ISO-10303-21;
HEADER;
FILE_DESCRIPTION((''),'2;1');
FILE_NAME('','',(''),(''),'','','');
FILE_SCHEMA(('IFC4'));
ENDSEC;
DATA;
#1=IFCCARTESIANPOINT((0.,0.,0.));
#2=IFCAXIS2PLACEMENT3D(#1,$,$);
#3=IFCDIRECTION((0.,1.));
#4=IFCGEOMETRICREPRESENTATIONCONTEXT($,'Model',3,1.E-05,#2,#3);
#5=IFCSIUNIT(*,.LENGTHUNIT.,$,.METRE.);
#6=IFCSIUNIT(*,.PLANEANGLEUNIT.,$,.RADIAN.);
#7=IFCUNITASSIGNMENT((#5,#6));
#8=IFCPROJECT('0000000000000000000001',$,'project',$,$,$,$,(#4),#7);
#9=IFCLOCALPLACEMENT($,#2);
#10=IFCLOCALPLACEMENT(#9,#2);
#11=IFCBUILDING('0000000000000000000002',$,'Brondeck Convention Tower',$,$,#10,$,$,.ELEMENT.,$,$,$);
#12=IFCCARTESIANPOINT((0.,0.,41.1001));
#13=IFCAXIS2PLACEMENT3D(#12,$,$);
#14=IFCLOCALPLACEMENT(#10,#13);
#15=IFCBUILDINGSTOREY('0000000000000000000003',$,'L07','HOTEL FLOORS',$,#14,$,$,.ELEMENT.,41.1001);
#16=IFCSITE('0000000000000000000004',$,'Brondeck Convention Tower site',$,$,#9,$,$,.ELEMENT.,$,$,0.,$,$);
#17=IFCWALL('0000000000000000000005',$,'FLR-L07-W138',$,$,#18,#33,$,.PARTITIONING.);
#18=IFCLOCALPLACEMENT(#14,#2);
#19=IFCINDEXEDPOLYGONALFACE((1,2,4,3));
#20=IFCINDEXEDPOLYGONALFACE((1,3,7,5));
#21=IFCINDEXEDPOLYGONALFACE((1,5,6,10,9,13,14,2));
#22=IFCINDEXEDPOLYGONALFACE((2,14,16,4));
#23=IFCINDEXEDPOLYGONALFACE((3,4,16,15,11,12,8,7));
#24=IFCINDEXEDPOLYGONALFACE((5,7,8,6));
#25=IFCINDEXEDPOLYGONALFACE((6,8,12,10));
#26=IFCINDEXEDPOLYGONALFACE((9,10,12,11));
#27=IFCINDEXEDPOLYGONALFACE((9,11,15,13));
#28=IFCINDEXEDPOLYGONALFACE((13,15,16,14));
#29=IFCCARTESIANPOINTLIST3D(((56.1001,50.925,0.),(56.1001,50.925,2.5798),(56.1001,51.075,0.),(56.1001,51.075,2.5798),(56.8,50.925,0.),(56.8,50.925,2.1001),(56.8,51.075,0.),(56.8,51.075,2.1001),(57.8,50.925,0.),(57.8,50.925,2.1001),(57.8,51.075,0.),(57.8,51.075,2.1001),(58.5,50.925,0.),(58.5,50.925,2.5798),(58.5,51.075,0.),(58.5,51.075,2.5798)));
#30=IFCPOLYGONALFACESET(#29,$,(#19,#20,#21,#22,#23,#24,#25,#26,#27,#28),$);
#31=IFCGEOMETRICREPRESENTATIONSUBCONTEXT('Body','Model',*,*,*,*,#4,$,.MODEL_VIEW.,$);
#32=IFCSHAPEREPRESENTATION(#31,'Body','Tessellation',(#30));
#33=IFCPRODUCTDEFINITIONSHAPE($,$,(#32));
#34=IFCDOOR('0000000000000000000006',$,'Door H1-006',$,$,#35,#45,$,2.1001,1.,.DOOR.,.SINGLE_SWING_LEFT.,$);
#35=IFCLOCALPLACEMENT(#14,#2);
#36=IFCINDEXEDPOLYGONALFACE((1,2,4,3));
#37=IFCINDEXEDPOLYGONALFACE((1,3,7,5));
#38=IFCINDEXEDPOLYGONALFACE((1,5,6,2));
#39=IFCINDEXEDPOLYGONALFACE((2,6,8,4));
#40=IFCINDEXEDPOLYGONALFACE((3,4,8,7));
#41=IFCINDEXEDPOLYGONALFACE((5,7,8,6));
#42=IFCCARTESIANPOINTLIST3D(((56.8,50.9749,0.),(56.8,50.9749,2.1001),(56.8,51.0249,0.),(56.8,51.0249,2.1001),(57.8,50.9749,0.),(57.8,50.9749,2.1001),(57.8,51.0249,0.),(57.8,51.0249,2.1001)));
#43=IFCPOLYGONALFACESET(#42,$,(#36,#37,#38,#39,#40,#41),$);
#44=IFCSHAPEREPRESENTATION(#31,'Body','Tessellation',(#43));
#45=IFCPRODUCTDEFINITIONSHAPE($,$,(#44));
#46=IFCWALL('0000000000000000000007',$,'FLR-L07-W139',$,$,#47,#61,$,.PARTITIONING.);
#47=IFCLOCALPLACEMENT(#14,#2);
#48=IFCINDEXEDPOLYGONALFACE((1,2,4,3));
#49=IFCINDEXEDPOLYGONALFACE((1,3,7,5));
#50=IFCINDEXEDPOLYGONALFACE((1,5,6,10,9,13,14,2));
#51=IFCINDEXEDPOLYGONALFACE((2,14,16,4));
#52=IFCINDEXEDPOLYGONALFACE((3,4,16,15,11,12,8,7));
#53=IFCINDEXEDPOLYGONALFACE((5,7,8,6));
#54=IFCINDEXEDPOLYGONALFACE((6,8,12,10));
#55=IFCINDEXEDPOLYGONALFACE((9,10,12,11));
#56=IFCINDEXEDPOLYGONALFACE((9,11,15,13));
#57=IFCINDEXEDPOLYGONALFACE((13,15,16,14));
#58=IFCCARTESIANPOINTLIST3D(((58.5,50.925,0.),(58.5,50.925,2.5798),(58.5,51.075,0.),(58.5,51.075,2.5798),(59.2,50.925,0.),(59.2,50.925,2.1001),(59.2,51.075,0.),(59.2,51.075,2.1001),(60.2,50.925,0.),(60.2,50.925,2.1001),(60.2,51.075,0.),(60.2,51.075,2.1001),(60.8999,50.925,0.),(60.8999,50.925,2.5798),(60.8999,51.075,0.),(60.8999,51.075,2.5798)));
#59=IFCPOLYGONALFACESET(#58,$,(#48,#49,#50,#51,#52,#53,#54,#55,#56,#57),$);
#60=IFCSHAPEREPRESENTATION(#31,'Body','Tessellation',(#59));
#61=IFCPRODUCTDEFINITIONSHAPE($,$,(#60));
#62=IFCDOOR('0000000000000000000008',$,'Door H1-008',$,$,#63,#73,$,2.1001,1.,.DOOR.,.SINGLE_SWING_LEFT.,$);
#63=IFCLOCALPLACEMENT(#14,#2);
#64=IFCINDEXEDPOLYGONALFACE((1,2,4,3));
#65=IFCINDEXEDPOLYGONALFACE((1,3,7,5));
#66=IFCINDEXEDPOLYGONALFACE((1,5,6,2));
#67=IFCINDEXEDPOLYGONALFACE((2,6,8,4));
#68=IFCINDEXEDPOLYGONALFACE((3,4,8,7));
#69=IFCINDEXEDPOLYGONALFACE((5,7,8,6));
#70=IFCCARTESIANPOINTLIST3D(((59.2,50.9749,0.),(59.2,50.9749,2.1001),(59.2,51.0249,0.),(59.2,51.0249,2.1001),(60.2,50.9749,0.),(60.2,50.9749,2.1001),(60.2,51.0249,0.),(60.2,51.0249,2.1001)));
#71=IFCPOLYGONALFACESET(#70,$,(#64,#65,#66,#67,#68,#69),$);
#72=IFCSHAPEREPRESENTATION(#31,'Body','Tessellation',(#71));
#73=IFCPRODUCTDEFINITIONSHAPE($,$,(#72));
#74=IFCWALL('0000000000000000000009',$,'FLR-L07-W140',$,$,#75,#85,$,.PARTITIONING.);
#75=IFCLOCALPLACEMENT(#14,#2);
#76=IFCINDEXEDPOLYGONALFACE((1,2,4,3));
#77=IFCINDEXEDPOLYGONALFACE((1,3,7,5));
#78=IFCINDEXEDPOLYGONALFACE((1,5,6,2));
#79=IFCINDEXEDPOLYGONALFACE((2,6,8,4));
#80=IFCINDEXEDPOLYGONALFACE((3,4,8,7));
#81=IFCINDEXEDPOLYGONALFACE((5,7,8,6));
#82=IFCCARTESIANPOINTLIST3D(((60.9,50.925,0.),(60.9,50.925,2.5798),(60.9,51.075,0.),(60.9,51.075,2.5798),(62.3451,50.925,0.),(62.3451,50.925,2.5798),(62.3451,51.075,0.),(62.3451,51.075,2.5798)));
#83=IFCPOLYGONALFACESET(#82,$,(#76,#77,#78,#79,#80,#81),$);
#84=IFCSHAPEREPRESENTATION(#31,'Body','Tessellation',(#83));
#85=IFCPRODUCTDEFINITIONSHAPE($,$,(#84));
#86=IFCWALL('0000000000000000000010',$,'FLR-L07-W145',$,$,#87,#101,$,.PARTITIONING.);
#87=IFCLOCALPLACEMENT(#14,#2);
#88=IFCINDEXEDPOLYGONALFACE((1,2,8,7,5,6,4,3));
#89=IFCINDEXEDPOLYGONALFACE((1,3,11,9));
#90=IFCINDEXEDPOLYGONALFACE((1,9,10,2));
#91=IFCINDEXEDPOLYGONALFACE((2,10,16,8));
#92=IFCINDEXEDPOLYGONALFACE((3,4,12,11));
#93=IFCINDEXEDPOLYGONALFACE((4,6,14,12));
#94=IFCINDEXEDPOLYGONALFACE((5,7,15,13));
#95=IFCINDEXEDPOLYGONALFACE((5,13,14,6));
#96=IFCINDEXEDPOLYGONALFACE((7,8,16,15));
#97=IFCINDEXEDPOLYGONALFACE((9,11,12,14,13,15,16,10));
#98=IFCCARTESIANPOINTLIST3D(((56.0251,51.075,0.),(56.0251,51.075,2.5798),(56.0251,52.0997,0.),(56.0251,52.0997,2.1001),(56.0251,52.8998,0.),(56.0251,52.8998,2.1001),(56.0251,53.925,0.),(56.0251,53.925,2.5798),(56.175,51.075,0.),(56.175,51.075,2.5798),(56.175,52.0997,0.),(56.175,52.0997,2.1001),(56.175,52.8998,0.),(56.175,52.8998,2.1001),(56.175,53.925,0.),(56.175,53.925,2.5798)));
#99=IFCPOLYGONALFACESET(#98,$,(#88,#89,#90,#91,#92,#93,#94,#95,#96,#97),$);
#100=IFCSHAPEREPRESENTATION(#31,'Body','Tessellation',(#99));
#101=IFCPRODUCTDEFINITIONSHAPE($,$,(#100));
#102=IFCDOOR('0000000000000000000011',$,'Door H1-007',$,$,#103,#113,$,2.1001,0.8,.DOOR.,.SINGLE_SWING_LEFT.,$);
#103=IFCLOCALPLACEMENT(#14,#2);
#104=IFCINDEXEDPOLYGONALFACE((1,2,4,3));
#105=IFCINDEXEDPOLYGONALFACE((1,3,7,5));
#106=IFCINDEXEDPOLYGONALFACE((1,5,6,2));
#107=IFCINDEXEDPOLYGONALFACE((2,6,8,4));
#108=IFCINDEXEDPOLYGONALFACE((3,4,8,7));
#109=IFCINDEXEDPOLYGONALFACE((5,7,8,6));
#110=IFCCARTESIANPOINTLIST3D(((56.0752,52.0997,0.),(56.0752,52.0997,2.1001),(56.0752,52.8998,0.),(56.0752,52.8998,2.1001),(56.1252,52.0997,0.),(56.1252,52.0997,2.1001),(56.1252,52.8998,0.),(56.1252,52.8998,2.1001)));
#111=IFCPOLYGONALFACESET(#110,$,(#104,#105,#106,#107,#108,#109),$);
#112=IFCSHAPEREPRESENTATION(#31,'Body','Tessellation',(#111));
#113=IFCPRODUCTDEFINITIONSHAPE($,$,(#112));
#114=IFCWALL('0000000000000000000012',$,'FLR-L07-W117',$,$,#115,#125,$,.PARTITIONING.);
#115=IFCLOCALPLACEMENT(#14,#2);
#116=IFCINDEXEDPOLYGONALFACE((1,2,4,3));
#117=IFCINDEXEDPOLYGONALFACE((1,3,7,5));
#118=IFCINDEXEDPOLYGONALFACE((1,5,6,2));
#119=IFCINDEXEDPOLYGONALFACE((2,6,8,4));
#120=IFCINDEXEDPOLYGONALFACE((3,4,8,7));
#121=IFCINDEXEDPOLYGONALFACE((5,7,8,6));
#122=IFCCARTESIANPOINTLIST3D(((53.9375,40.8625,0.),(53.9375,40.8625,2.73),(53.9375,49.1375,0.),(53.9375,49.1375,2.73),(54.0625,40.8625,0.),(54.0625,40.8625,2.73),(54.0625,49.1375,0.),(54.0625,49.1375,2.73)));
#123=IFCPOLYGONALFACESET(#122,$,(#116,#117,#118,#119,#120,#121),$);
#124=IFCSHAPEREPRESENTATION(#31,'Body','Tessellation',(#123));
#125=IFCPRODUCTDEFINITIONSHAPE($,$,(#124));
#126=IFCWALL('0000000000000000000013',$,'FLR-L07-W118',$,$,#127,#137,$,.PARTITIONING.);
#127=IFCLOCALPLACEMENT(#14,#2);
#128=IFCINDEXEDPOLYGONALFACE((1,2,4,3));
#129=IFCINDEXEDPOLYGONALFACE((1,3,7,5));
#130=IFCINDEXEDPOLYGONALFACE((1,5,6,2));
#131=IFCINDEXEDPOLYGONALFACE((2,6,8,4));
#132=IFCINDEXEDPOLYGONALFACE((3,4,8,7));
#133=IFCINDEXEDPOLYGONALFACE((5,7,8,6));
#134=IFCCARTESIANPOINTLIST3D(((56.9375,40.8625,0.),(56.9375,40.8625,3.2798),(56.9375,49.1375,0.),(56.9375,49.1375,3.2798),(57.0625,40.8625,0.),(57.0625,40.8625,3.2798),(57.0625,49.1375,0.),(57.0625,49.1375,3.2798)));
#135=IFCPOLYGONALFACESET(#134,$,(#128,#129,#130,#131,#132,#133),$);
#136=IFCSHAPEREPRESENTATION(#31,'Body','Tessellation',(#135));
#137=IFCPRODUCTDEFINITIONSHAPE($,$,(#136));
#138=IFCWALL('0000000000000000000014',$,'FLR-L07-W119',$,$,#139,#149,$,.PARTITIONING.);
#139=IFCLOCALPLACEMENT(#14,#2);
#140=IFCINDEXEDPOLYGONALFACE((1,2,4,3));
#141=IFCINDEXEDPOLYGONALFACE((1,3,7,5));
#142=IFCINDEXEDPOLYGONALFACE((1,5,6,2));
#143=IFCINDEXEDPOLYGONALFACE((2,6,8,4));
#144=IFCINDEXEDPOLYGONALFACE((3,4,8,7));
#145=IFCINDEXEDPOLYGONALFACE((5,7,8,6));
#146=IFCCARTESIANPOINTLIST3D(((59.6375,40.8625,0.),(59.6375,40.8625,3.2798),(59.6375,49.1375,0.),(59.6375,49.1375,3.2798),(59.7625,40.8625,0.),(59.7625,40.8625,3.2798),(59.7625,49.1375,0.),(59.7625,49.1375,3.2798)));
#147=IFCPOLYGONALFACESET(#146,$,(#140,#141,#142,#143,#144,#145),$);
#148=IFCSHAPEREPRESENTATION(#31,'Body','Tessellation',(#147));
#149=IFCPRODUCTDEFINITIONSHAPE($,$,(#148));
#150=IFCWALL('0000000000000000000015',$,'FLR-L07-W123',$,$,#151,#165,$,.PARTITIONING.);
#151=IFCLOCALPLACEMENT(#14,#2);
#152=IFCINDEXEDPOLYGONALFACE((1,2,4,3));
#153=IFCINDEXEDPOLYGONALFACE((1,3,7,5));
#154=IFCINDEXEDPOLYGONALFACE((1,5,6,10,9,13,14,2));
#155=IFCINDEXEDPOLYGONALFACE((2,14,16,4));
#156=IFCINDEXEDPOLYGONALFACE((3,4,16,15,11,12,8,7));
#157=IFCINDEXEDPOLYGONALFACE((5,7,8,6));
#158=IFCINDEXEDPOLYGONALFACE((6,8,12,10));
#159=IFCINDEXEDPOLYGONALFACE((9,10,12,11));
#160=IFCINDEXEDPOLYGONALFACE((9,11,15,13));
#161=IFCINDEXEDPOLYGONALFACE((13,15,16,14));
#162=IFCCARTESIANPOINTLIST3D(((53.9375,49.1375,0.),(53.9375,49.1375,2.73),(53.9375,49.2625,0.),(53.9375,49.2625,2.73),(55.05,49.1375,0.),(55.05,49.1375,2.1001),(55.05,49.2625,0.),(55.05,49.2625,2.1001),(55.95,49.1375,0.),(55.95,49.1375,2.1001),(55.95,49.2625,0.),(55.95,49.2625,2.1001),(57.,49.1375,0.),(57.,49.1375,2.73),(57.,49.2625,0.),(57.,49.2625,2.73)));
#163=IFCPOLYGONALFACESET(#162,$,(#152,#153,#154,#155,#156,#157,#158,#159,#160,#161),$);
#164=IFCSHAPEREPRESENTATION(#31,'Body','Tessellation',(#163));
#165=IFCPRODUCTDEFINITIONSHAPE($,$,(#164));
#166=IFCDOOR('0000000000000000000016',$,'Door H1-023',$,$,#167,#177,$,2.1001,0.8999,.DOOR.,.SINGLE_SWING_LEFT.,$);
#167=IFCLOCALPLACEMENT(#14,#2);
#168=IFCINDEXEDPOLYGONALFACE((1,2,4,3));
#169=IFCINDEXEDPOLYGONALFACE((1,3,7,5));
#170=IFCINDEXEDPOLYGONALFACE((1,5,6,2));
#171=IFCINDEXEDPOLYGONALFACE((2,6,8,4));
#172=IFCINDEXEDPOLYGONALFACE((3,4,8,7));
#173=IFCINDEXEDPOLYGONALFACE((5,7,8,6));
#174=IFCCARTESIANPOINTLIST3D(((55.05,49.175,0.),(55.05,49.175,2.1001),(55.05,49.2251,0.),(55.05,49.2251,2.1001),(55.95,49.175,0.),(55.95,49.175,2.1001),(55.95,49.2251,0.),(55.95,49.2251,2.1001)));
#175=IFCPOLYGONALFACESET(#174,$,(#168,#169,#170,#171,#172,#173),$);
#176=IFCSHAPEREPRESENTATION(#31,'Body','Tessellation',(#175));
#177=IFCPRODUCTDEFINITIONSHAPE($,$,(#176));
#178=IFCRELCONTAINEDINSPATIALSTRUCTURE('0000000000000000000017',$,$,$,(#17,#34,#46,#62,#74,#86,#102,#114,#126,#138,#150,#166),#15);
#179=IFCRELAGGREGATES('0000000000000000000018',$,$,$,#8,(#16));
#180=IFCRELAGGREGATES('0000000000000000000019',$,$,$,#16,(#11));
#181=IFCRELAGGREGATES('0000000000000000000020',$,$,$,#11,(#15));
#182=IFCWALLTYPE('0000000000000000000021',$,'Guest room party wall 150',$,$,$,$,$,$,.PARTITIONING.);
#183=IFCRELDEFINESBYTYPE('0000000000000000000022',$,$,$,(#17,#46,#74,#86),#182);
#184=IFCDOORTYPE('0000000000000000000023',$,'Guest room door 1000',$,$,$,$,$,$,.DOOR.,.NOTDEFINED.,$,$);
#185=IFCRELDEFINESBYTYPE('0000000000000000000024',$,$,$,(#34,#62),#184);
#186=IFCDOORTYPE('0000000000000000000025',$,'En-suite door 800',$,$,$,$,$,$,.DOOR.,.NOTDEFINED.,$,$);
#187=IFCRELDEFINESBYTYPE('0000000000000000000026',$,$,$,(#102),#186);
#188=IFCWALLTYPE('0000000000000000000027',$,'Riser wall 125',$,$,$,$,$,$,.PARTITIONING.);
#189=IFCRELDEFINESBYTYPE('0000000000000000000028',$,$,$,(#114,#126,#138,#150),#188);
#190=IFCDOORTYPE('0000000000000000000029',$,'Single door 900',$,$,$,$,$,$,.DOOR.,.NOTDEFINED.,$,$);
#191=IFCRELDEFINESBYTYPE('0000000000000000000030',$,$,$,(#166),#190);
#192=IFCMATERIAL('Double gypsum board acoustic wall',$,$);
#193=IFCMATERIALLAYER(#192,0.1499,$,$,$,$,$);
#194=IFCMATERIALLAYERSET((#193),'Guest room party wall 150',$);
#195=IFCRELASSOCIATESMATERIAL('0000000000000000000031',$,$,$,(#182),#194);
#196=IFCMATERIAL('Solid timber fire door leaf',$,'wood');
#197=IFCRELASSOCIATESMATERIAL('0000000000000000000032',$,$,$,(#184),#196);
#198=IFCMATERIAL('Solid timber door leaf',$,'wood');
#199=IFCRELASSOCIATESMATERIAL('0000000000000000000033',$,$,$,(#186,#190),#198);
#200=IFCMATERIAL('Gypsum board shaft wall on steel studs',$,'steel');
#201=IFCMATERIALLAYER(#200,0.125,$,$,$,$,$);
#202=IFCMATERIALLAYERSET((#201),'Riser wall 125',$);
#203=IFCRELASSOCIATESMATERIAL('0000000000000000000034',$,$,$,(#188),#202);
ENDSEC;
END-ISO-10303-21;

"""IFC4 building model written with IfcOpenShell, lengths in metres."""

from ifc_helpers import new_model, si_unit, direction, frame, frame_2d, origin, place, context, subcontext, project, spatial, rectangle, extrude, material, layer, layer_set, type_object, element, fill, save


model = new_model("IFC4")

# Units and contexts
model_context = context("Model", 3, precision=1e-05, world=origin(), true_north=direction((0.0, 1.0)))
body_context = subcontext(model_context, "Body", "Model", "MODEL_VIEW")
ifc_project = project(units=[si_unit("LENGTHUNIT", "METRE"), si_unit("PLANEANGLEUNIT", "RADIAN")], contexts=[model_context])

# Site, building, storey
site_placement = place(None, origin())
site = spatial("IfcSite", under=ifc_project, at=site_placement, Name="Brondeck Convention Tower site", CompositionType="ELEMENT", RefElevation=0.0)
building_placement = place(site_placement, origin())
building = spatial("IfcBuilding", under=site, at=building_placement, Name="Brondeck Convention Tower", CompositionType="ELEMENT")
storey_placement = place(building_placement, frame((0.0, 0.0, 41.1001)))
storey = spatial("IfcBuildingStorey", under=building, at=storey_placement, Name="L07", Description="HOTEL FLOORS", CompositionType="ELEMENT", Elevation=41.1001)

# Shared definitions
ifc_material_1 = material(Name="Double gypsum board acoustic wall")
ifc_layer_1 = layer(ifc_material_1, 0.1499)
ifc_layer_set_1 = layer_set([ifc_layer_1], Name="Guest room party wall 150")
wall_type_1 = type_object("IfcWallType", Name="Guest room party wall 150", PredefinedType="PARTITIONING", material=ifc_layer_set_1)
ifc_material_2 = material(Name="Solid timber fire door leaf", Category="wood")
door_type_1 = type_object("IfcDoorType", Name="Guest room door 1000", OperationType="NOTDEFINED", PredefinedType="DOOR", material=ifc_material_2)

# Walls, openings, doors
wall_1_placement = place(storey_placement, frame((56.1001, 51.0, 0.0), z_axis=(0.0, 0.0, 1.0), x_axis=(1.0, 0.0, 0.0)))
wall_1 = element("IfcWall", 1, at=wall_1_placement, inside=storey, type_object=wall_type_1, Name="FLR-L07-W138", PredefinedType="PARTITIONING", context=body_context, shape_type="SweptSolid", body=[
    extrude(rectangle(XDim=2.3999, YDim=0.1499, at=frame_2d((1.2, 0.0))), origin(), (0.0, 0.0, 1.0), 2.5798),
])
opening_1_placement = place(wall_1_placement, frame((0.7, 0.0, 0.0)))
opening_1 = element("IfcOpeningElement", 2, at=opening_1_placement, cuts=wall_1, PredefinedType="OPENING", context=body_context, shape_type="SweptSolid", body=[
    extrude(rectangle(XDim=1.0, YDim=2.1001, at=frame_2d((0.5, 1.05))), frame((0.0, 0.085, 0.0), z_axis=(0.0, -1.0, 0.0), x_axis=(1.0, 0.0, 0.0)), (0.0, 0.0, 1.0), 0.1699),
])
door_1_placement = place(opening_1_placement, origin())
door_1 = element("IfcDoor", 3, at=door_1_placement, inside=storey, type_object=door_type_1, Name="Door H1-006", OperationType="SINGLE_SWING_LEFT", OverallHeight=2.1001, OverallWidth=1.0, PredefinedType="DOOR", context=body_context, shape_type="SweptSolid", body=[
    extrude(rectangle(XDim=1.0, YDim=2.1001, at=frame_2d((0.5, 1.05))), frame((0.0, 0.0249, 0.0), z_axis=(0.0, -1.0, 0.0), x_axis=(1.0, 0.0, 0.0)), (0.0, 0.0, 1.0), 0.05),
])
fill(opening_1, door_1)
wall_2_placement = place(storey_placement, frame((58.5, 51.0, 0.0), z_axis=(0.0, 0.0, 1.0), x_axis=(1.0, 0.0, 0.0)))
wall_2 = element("IfcWall", 4, at=wall_2_placement, inside=storey, type_object=wall_type_1, Name="FLR-L07-W139", PredefinedType="PARTITIONING", context=body_context, shape_type="SweptSolid", body=[
    extrude(rectangle(XDim=2.3999, YDim=0.1499, at=frame_2d((1.2, 0.0))), origin(), (0.0, 0.0, 1.0), 2.5798),
])
opening_2_placement = place(wall_2_placement, frame((0.7, 0.0, 0.0)))
opening_2 = element("IfcOpeningElement", 5, at=opening_2_placement, cuts=wall_2, PredefinedType="OPENING", context=body_context, shape_type="SweptSolid", body=[
    extrude(rectangle(XDim=1.0, YDim=2.1001, at=frame_2d((0.5, 1.05))), frame((0.0, 0.085, 0.0), z_axis=(0.0, -1.0, 0.0), x_axis=(1.0, 0.0, 0.0)), (0.0, 0.0, 1.0), 0.1699),
])
door_2_placement = place(opening_2_placement, origin())
door_2 = element("IfcDoor", 6, at=door_2_placement, inside=storey, type_object=door_type_1, Name="Door H1-008", OperationType="SINGLE_SWING_LEFT", OverallHeight=2.1001, OverallWidth=1.0, PredefinedType="DOOR", context=body_context, shape_type="SweptSolid", body=[
    extrude(rectangle(XDim=1.0, YDim=2.1001, at=frame_2d((0.5, 1.05))), frame((0.0, 0.0249, 0.0), z_axis=(0.0, -1.0, 0.0), x_axis=(1.0, 0.0, 0.0)), (0.0, 0.0, 1.0), 0.05),
])
fill(opening_2, door_2)

# Wall
wall_3_placement = place(storey_placement, frame((60.8999, 51.0, 0.0), z_axis=(0.0, 0.0, 1.0), x_axis=(1.0, 0.0, 0.0)))
element("IfcWall", 7, at=wall_3_placement, inside=storey, type_object=wall_type_1, Name="FLR-L07-W140", PredefinedType="PARTITIONING", context=body_context, shape_type="SweptSolid", body=[
    extrude(rectangle(XDim=1.4451, YDim=0.1499, at=frame_2d((0.7227, 0.0))), origin(), (0.0, 0.0, 1.0), 2.5798),
])

# Wall, opening, door
wall_4_placement = place(storey_placement, frame((56.1001, 51.075, 0.0), z_axis=(0.0, 0.0, 1.0), x_axis=(0.0, 1.0, 0.0)))
wall_4 = element("IfcWall", 8, at=wall_4_placement, inside=storey, type_object=wall_type_1, Name="FLR-L07-W145", PredefinedType="PARTITIONING", context=body_context, shape_type="SweptSolid", body=[
    extrude(rectangle(XDim=2.8501, YDim=0.1499, at=frame_2d((1.425, 0.0))), origin(), (0.0, 0.0, 1.0), 2.5798),
])
opening_3_placement = place(wall_4_placement, frame((1.0249, 0.0, 0.0)))
opening_3 = element("IfcOpeningElement", 9, at=opening_3_placement, cuts=wall_4, PredefinedType="OPENING", context=body_context, shape_type="SweptSolid", body=[
    extrude(rectangle(XDim=0.8, YDim=2.1001, at=frame_2d((0.3999, 1.05))), frame((0.0, 0.085, 0.0), z_axis=(0.0, -1.0, 0.0), x_axis=(1.0, 0.0, 0.0)), (0.0, 0.0, 1.0), 0.1699),
])
ifc_material_3 = material(Name="Solid timber door leaf", Category="wood")
door_type_2 = type_object("IfcDoorType", Name="En-suite door 800", OperationType="NOTDEFINED", PredefinedType="DOOR", material=ifc_material_3)
door_3_placement = place(opening_3_placement, origin())
door_3 = element("IfcDoor", 10, at=door_3_placement, inside=storey, type_object=door_type_2, Name="Door H1-007", OperationType="SINGLE_SWING_LEFT", OverallHeight=2.1001, OverallWidth=0.8, PredefinedType="DOOR", context=body_context, shape_type="SweptSolid", body=[
    extrude(rectangle(XDim=0.8, YDim=2.1001, at=frame_2d((0.3999, 1.05))), frame((0.0, 0.0249, 0.0), z_axis=(0.0, -1.0, 0.0), x_axis=(1.0, 0.0, 0.0)), (0.0, 0.0, 1.0), 0.05),
])
fill(opening_3, door_3)

# Walls
ifc_material_4 = material(Name="Gypsum board shaft wall on steel studs", Category="steel")
ifc_layer_2 = layer(ifc_material_4, 0.125)
ifc_layer_set_2 = layer_set([ifc_layer_2], Name="Riser wall 125")
wall_type_2 = type_object("IfcWallType", Name="Riser wall 125", PredefinedType="PARTITIONING", material=ifc_layer_set_2)
wall_5_placement = place(storey_placement, frame((54.0, 49.1375, 0.0), z_axis=(0.0, 0.0, 1.0), x_axis=(0.0, -1.0, 0.0)))
element("IfcWall", 11, at=wall_5_placement, inside=storey, type_object=wall_type_2, Name="FLR-L07-W117", PredefinedType="PARTITIONING", context=body_context, shape_type="SweptSolid", body=[
    extrude(rectangle(XDim=8.2749, YDim=0.125, at=frame_2d((4.1375, 0.0))), origin(), (0.0, 0.0, 1.0), 2.73),
])
for number, where, z_axis, x_axis, name in (
    (12, (57.0, 49.1375, 0.0), (0.0, 0.0, 1.0), (0.0, -1.0, 0.0), "FLR-L07-W118"),
    (13, (59.7, 49.1375, 0.0), (0.0, 0.0, 1.0), (0.0, -1.0, 0.0), "FLR-L07-W119"),
):
    element("IfcWall", number, at=place(storey_placement, frame(where, z_axis=z_axis, x_axis=x_axis)), inside=storey, type_object=wall_type_2, Name=name, PredefinedType="PARTITIONING", context=body_context, shape_type="SweptSolid", body=[
        extrude(rectangle(XDim=8.2749, YDim=0.125, at=frame_2d((4.1375, 0.0))), origin(), (0.0, 0.0, 1.0), 3.2798),
    ])

# Wall, opening, door
wall_6_placement = place(storey_placement, frame((57.0, 49.2, 0.0), z_axis=(0.0, 0.0, 1.0), x_axis=(-1.0, 0.0, 0.0)))
wall_6 = element("IfcWall", 14, at=wall_6_placement, inside=storey, type_object=wall_type_2, Name="FLR-L07-W123", PredefinedType="PARTITIONING", context=body_context, shape_type="SweptSolid", body=[
    extrude(rectangle(XDim=3.0625, YDim=0.125, at=frame_2d((1.5312, 0.0))), origin(), (0.0, 0.0, 1.0), 2.73),
])
opening_4_placement = place(wall_6_placement, frame((1.05, 0.0, 0.0)))
opening_4 = element("IfcOpeningElement", 15, at=opening_4_placement, cuts=wall_6, PredefinedType="OPENING", context=body_context, shape_type="SweptSolid", body=[
    extrude(rectangle(XDim=0.8999, YDim=2.1001, at=frame_2d((0.45, 1.05))), frame((0.0, 0.0725, 0.0), z_axis=(0.0, -1.0, 0.0), x_axis=(1.0, 0.0, 0.0)), (0.0, 0.0, 1.0), 0.145),
])
door_type_3 = type_object("IfcDoorType", Name="Single door 900", OperationType="NOTDEFINED", PredefinedType="DOOR", material=ifc_material_3)
door_4_placement = place(opening_4_placement, origin())
door_4 = element("IfcDoor", 16, at=door_4_placement, inside=storey, type_object=door_type_3, Name="Door H1-023", OperationType="SINGLE_SWING_LEFT", OverallHeight=2.1001, OverallWidth=0.8999, PredefinedType="DOOR", context=body_context, shape_type="SweptSolid", body=[
    extrude(rectangle(XDim=0.8999, YDim=2.1001, at=frame_2d((0.45, 1.05))), frame((0.0, 0.0249, 0.0), z_axis=(0.0, -1.0, 0.0), x_axis=(1.0, 0.0, 0.0)), (0.0, 0.0, 1.0), 0.05),
])
fill(opening_4, door_4)

save(model, "model.ifc")
